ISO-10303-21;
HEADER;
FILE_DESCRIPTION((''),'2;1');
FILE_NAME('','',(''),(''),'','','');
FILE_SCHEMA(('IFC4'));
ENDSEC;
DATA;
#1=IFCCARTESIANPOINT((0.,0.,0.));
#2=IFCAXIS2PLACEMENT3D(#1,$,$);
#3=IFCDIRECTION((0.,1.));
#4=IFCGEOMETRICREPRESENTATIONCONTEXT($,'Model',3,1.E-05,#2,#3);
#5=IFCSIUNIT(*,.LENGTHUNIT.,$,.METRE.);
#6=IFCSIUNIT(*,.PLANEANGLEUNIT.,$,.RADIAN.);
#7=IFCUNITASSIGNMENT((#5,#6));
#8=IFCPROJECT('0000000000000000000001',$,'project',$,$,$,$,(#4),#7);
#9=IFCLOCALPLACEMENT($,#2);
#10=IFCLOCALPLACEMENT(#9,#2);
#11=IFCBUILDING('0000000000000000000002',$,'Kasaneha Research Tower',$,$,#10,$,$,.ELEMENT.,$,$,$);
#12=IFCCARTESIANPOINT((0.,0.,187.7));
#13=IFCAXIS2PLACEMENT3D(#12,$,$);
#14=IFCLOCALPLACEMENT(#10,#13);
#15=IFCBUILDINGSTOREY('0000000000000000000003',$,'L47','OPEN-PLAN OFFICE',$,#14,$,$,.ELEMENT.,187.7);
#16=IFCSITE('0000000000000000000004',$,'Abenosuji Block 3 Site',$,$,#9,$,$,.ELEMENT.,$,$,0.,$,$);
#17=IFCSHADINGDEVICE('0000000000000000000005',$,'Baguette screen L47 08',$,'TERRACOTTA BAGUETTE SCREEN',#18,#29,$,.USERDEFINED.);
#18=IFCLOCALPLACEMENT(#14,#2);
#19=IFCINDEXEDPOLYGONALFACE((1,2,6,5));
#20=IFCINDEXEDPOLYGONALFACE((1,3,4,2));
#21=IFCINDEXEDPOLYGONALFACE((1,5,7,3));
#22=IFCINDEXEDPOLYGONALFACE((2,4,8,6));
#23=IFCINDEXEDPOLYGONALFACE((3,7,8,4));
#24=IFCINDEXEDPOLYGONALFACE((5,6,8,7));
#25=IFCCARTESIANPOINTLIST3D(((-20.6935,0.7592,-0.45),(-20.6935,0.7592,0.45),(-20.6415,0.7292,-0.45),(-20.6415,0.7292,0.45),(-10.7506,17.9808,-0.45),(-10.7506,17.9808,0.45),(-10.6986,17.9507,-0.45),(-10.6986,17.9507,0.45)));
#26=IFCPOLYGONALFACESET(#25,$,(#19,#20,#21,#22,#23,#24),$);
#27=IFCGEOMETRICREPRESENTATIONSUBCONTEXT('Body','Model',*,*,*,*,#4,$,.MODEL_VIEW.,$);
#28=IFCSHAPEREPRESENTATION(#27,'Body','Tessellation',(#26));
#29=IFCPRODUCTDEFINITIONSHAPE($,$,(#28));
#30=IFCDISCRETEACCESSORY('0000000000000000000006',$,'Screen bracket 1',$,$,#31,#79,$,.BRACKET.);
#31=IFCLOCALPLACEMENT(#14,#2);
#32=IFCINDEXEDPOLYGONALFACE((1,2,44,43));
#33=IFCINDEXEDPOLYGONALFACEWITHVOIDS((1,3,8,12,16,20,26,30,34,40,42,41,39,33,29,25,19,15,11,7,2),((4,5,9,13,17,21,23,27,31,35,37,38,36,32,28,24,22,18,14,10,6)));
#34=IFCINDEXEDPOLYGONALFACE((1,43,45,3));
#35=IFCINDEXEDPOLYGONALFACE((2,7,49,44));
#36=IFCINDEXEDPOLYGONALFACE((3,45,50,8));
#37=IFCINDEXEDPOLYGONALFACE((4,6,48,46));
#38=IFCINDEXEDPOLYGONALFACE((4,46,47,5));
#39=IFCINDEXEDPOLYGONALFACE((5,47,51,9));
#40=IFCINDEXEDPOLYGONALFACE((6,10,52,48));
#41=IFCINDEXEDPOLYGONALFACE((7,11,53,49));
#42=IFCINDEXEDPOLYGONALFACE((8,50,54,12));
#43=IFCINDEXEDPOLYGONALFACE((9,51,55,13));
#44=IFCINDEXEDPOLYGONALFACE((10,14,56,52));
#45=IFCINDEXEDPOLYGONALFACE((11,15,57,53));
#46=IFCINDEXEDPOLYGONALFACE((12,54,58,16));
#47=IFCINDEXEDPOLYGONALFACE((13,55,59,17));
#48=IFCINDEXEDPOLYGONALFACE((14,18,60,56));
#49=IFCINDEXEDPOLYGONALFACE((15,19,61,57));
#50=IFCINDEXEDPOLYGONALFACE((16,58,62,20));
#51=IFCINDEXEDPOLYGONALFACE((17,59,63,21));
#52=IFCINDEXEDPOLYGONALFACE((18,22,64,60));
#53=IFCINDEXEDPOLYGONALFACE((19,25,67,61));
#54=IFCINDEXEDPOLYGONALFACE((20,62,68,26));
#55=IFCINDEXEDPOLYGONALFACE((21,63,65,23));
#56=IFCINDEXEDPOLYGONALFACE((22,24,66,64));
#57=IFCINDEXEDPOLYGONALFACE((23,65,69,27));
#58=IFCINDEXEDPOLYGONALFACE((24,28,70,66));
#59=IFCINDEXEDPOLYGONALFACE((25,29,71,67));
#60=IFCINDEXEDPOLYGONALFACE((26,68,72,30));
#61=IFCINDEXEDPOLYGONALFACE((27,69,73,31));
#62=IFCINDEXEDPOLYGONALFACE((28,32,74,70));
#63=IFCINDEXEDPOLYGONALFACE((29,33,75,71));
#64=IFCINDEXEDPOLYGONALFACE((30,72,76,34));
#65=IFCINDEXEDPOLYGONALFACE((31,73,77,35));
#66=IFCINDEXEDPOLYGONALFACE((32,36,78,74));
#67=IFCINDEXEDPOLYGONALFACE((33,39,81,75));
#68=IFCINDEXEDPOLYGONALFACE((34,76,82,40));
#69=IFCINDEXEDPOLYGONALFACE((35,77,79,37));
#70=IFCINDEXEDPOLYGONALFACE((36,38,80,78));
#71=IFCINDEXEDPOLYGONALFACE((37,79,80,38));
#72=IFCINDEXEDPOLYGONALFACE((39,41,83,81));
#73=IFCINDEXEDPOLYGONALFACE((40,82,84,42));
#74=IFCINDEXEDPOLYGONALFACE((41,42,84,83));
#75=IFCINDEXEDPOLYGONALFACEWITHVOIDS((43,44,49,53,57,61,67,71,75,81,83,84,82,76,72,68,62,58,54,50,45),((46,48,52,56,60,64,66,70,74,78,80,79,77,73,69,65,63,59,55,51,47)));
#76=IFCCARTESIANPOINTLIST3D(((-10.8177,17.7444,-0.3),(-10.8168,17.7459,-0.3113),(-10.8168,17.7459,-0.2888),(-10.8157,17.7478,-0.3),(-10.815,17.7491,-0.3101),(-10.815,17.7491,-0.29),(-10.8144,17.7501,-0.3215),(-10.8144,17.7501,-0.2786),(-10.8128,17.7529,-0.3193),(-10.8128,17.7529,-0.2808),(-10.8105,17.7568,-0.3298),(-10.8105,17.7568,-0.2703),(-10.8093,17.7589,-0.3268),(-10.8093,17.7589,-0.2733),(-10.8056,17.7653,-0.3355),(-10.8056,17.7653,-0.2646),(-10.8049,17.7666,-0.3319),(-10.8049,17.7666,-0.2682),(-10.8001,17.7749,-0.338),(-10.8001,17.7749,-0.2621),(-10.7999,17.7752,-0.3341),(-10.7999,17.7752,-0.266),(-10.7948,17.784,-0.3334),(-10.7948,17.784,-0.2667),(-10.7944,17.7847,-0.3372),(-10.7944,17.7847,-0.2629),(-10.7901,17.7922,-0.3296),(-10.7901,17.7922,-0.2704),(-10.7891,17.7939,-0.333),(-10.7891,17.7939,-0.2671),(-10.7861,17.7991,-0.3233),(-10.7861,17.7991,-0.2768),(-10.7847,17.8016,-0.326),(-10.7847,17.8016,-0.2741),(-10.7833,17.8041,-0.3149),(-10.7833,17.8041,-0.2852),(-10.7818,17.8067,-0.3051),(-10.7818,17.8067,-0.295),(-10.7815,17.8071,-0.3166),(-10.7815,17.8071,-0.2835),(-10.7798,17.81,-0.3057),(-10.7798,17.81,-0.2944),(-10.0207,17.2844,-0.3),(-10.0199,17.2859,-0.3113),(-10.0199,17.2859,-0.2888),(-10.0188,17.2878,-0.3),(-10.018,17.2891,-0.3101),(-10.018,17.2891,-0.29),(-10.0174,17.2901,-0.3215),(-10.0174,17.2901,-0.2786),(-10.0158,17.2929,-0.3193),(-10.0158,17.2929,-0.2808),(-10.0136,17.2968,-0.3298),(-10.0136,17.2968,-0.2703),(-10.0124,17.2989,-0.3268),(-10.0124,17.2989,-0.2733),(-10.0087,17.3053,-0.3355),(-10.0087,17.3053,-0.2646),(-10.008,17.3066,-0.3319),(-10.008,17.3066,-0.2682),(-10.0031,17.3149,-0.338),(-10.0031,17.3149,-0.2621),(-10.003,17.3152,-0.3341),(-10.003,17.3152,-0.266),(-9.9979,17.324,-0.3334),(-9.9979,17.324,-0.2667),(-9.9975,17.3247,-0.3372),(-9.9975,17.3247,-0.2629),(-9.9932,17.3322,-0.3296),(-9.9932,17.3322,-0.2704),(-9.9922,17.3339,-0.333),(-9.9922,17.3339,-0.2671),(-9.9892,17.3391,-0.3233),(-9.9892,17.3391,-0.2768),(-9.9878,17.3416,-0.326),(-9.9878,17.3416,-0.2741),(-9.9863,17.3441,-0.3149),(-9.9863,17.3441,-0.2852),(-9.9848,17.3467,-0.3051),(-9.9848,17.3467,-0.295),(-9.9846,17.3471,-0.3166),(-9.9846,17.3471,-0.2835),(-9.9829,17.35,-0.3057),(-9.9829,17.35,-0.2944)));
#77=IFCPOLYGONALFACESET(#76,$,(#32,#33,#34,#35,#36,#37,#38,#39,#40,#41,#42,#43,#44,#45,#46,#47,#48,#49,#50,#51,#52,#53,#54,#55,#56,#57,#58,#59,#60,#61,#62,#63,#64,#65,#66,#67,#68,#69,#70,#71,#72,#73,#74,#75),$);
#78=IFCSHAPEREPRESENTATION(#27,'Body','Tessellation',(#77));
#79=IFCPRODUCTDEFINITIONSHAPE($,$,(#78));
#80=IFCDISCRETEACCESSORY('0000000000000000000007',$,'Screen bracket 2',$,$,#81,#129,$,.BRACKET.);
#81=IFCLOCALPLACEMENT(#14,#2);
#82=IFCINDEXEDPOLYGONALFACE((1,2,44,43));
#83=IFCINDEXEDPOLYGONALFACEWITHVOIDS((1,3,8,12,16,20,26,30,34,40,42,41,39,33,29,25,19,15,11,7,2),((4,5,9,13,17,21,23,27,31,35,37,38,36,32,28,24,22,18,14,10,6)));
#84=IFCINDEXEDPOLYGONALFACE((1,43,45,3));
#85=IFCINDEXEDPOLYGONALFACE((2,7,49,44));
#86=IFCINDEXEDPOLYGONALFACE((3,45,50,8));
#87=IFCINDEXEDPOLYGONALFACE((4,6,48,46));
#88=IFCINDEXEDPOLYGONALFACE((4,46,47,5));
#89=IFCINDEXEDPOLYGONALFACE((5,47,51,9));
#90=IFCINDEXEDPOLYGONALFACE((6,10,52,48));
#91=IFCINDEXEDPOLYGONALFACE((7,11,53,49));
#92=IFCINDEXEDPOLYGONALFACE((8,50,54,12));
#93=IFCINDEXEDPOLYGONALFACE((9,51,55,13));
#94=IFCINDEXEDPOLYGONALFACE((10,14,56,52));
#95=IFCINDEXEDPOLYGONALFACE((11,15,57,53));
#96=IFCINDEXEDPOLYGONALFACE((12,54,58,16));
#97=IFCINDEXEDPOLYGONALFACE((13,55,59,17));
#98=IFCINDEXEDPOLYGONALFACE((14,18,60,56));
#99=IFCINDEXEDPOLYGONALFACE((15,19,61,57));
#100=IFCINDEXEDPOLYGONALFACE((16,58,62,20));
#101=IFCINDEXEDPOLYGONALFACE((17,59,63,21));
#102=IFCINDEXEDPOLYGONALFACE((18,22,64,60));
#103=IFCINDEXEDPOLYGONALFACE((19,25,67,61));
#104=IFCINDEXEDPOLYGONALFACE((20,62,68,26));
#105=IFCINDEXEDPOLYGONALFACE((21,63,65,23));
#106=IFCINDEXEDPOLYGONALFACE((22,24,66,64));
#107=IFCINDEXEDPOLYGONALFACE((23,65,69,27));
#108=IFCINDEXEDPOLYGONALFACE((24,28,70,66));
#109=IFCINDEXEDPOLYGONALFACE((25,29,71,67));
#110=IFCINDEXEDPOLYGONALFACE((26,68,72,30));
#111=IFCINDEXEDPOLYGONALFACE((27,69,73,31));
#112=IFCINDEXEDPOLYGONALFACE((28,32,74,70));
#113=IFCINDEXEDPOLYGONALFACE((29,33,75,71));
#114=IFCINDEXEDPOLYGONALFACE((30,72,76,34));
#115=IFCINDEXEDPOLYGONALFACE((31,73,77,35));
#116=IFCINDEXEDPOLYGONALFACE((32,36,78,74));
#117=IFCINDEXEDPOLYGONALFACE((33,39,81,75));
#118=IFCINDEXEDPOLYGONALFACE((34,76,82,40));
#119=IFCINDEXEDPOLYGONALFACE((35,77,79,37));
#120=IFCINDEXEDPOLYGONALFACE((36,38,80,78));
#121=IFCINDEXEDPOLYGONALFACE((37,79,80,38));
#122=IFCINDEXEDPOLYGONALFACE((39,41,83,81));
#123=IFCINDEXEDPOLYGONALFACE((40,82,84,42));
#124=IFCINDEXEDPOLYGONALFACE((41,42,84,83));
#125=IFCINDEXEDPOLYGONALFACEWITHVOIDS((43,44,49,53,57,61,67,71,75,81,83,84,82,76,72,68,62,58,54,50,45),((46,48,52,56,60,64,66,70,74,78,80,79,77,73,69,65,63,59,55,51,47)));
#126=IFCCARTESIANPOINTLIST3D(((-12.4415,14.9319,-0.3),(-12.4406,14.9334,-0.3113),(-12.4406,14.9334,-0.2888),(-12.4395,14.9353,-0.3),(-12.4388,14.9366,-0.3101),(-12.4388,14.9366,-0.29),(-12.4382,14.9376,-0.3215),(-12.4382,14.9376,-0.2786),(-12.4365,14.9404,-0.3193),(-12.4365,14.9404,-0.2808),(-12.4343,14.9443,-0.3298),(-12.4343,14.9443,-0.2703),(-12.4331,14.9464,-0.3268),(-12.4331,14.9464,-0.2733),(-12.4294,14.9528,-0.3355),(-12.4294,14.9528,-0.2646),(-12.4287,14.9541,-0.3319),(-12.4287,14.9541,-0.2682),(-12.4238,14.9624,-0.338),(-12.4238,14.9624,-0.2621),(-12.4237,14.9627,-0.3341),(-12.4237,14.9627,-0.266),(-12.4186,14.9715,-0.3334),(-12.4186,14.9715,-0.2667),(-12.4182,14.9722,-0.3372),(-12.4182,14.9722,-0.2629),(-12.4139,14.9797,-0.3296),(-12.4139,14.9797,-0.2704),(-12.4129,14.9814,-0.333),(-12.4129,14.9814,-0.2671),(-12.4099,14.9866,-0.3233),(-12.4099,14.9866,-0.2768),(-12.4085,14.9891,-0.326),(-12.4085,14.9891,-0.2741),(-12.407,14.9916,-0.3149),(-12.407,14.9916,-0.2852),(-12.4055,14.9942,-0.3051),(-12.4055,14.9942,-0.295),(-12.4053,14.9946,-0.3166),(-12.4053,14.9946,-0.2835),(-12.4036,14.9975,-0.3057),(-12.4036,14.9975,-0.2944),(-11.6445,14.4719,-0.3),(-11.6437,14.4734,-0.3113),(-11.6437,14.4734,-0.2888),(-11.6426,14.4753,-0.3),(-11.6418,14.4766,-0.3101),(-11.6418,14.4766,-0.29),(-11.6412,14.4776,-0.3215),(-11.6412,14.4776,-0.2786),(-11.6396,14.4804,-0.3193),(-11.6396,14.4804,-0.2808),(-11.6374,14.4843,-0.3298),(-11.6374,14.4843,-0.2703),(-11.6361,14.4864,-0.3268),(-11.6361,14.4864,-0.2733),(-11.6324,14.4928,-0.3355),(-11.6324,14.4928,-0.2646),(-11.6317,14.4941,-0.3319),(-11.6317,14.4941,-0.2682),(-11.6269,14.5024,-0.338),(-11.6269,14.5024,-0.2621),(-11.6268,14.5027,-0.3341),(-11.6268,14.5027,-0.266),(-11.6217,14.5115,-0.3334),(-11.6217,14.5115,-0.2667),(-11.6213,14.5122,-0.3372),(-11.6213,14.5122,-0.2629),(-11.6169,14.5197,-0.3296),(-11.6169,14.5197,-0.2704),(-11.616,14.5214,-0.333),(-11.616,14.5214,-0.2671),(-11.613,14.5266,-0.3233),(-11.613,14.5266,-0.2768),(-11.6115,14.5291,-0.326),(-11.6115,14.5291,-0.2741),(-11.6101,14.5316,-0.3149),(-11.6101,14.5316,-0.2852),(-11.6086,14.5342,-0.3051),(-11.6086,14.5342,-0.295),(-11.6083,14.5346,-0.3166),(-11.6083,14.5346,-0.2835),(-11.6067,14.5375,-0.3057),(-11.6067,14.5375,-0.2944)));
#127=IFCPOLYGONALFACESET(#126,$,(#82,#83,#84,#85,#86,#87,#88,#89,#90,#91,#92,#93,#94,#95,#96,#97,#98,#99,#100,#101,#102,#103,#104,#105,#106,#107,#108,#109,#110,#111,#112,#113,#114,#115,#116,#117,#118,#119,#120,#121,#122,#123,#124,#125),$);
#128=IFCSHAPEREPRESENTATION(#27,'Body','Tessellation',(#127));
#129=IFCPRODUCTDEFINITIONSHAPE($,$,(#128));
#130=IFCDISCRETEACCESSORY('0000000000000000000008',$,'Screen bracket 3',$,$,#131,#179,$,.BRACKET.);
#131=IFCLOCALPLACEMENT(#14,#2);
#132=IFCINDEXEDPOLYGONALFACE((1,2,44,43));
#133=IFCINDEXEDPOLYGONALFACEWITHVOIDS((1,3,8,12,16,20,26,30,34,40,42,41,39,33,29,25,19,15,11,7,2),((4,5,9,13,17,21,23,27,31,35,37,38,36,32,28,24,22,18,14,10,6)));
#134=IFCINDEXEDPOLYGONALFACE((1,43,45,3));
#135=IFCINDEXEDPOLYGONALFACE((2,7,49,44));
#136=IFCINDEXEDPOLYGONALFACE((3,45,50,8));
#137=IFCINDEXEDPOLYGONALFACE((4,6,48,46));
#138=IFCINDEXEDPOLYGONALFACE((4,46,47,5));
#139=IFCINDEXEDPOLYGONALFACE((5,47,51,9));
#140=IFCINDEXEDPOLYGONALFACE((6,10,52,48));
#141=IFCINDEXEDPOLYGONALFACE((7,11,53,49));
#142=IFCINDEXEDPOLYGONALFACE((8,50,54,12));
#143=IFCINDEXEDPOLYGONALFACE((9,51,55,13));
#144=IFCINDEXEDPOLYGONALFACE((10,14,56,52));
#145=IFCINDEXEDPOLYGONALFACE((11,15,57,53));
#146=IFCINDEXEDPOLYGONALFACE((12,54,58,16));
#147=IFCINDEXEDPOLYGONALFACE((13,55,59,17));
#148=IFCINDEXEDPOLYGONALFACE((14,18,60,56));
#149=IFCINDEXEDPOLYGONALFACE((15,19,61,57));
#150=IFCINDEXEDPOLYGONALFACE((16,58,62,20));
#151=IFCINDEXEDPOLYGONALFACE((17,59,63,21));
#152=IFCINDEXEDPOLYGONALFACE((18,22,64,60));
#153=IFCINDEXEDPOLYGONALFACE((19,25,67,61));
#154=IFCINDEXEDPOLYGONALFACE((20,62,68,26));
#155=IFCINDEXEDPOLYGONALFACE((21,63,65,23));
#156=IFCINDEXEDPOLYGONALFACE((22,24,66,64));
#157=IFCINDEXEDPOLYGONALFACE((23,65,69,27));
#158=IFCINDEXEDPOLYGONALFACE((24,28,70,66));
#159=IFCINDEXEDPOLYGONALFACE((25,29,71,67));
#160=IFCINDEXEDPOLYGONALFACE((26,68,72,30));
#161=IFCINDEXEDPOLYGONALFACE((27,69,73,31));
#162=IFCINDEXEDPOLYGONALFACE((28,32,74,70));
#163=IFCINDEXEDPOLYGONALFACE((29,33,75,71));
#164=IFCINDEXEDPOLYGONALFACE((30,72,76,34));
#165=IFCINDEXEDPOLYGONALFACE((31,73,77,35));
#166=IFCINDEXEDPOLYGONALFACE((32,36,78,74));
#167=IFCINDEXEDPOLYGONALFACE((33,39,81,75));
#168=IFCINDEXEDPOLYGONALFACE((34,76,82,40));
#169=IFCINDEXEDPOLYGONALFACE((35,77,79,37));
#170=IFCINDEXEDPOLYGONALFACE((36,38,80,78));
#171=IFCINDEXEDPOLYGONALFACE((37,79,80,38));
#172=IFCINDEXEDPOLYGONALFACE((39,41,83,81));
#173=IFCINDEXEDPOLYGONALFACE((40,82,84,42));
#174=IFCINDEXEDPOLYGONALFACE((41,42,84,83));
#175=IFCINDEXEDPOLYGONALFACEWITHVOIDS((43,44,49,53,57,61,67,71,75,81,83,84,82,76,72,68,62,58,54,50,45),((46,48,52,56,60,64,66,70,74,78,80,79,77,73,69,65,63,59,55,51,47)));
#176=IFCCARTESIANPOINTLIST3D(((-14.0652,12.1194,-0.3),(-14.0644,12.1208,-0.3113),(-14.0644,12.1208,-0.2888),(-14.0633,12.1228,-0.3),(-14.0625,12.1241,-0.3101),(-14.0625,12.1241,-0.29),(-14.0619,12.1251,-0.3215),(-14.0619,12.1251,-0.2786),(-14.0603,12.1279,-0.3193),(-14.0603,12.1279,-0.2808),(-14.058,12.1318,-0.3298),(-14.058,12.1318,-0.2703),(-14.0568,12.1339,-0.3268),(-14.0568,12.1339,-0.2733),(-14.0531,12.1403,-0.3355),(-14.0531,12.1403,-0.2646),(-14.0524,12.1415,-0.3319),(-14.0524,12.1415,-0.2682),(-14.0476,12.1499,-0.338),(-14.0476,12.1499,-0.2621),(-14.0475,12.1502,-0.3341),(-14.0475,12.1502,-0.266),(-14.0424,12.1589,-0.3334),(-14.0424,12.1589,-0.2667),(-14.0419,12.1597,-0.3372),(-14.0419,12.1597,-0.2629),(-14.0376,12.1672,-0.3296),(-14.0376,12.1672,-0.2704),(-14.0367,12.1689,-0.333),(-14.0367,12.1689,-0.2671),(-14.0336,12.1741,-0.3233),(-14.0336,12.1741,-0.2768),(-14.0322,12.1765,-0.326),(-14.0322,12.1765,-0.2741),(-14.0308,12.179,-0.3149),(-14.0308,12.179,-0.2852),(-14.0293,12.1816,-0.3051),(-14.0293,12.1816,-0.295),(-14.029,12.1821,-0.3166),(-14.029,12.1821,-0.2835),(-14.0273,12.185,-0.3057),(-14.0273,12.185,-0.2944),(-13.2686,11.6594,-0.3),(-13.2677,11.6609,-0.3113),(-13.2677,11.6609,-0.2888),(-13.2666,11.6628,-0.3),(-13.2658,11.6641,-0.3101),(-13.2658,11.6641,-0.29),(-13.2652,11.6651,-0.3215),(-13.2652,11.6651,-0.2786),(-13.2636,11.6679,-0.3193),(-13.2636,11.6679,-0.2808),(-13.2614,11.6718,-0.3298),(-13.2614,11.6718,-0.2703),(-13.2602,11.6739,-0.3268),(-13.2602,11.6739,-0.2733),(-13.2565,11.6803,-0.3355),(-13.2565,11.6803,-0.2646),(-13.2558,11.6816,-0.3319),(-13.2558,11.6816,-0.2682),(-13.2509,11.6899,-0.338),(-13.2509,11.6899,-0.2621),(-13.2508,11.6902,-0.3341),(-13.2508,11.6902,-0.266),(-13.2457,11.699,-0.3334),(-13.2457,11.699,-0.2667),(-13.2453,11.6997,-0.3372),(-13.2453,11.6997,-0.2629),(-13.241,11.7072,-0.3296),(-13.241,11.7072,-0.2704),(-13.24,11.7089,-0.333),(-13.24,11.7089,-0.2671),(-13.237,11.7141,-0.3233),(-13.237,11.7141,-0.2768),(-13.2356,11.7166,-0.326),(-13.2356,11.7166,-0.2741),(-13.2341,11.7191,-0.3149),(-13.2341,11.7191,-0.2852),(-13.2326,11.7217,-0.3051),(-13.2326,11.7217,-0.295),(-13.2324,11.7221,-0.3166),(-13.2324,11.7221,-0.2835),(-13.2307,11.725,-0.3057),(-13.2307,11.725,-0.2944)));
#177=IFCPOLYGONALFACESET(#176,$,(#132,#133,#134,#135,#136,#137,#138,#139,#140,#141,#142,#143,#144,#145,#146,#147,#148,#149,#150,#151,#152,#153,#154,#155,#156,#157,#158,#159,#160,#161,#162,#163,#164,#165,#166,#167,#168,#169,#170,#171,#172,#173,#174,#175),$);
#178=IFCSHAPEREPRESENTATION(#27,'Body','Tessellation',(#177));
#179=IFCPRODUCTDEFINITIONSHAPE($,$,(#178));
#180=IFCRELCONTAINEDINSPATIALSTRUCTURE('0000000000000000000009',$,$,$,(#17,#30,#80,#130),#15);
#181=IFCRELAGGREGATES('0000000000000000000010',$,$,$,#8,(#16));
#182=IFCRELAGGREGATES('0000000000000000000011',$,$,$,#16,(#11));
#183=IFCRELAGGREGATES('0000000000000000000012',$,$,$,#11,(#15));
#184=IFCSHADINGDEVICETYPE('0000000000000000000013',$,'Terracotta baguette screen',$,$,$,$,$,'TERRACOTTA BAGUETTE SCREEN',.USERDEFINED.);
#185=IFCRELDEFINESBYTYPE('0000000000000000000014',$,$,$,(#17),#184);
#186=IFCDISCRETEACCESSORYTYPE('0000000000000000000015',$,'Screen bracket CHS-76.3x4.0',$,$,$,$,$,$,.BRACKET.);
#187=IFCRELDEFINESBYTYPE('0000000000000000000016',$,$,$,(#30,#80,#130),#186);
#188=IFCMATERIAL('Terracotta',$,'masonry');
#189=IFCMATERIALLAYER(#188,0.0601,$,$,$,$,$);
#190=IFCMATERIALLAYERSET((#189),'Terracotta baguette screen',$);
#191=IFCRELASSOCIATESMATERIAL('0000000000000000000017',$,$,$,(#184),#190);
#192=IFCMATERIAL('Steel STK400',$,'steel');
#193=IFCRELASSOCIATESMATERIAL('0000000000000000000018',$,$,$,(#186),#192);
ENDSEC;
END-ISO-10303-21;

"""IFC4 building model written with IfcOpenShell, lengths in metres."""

from ifc_helpers import new_model, si_unit, direction, frame, origin, origin_2d, place, context, subcontext, project, spatial, rectangle, hollow_circle, extrude, material, layer, layer_set, material_profile, profile_set, type_object, element, save


model = new_model("IFC4")

# Units and contexts
model_context = context("Model", 3, precision=1e-05, world=origin(), true_north=direction((0.0, 1.0)))
body_context = subcontext(model_context, "Body", "Model", "MODEL_VIEW")
ifc_project = project(units=[si_unit("LENGTHUNIT", "METRE"), si_unit("PLANEANGLEUNIT", "RADIAN")], contexts=[model_context])

# Site, building, storey
site_placement = place(None, origin())
site = spatial("IfcSite", under=ifc_project, at=site_placement, Name="Abenosuji Block 3 Site", CompositionType="ELEMENT", RefElevation=0.0)
building_placement = place(site_placement, origin())
building = spatial("IfcBuilding", under=site, at=building_placement, Name="Kasaneha Research Tower", CompositionType="ELEMENT")
storey_placement = place(building_placement, frame((0.0, 0.0, 187.7)))
storey = spatial("IfcBuildingStorey", under=building, at=storey_placement, Name="L47", Description="OPEN-PLAN OFFICE", CompositionType="ELEMENT", Elevation=187.7)

# Shading device
ifc_material_1 = material(Name="Terracotta", Category="masonry")
ifc_layer_1 = layer(ifc_material_1, 0.0601)
ifc_layer_set_1 = layer_set([ifc_layer_1], Name="Terracotta baguette screen")
shading_device_type = type_object("IfcShadingDeviceType", Name="Terracotta baguette screen", ElementType="TERRACOTTA BAGUETTE SCREEN", PredefinedType="USERDEFINED", material=ifc_layer_set_1)
shading_device_placement = place(storey_placement, frame((-15.696, 9.355, -0.45), z_axis=(0.0, 0.0, 1.0), x_axis=(-0.5, -0.866025, 0.0)))
element("IfcShadingDevice", 1, at=shading_device_placement, inside=storey, type_object=shading_device_type, Name="Baguette screen L47 08", ObjectType="TERRACOTTA BAGUETTE SCREEN", PredefinedType="USERDEFINED", context=body_context, shape_type="SweptSolid", body=[
    extrude(rectangle(XDim=19.8857, YDim=0.0601, at=origin_2d()), origin(), (0.0, 0.0, 1.0), 0.8999),
])

# Discrete accessories
ifc_material_2 = material(Name="Steel STK400", Category="steel")
ifc_material_profile_1 = material_profile(ifc_material_2, hollow_circle(Radius=0.0381, WallThickness=0.0039, at=origin_2d()), Name="CHS-76.3x4.0")
ifc_profile_set_1 = profile_set([ifc_material_profile_1], Name="Steel STK400")
discrete_accessory_type = type_object("IfcDiscreteAccessoryType", Name="Screen bracket CHS-76.3x4.0", PredefinedType="BRACKET", material=ifc_profile_set_1)
for number, where, z_axis, x_axis, name in (
    (2, (-10.0017, 17.3174, -0.3), (-0.86608, 0.499906, 0.0), (-0.499906, -0.86608, 0.0), "Screen bracket 1"),
    (3, (-11.6255, 14.5049, -0.3), (-0.86608, 0.499906, 0.0), (-0.499906, -0.86608, 0.0), "Screen bracket 2"),
):
    element("IfcDiscreteAccessory", number, at=place(storey_placement, frame(where, z_axis=z_axis, x_axis=x_axis)), inside=storey, type_object=discrete_accessory_type, Name=name, PredefinedType="BRACKET", context=body_context, shape_type="SweptSolid", body=[
        extrude(hollow_circle(Radius=0.0381, WallThickness=0.0039, at=origin_2d()), origin(), (0.0, 0.0, 1.0), 0.9202),
    ])
for number, where, z_axis, x_axis, name in (
    (4, (-13.2495, 11.6924, -0.3), (-0.866013, 0.500021, 0.0), (-0.500021, -0.866013, 0.0), "Screen bracket 3"),
):
    element("IfcDiscreteAccessory", number, at=place(storey_placement, frame(where, z_axis=z_axis, x_axis=x_axis)), inside=storey, type_object=discrete_accessory_type, Name=name, PredefinedType="BRACKET", context=body_context, shape_type="SweptSolid", body=[
        extrude(hollow_circle(Radius=0.0381, WallThickness=0.0039, at=origin_2d()), origin(), (0.0, 0.0, 1.0), 0.9199),
    ])

save(model, "model.ifc")
